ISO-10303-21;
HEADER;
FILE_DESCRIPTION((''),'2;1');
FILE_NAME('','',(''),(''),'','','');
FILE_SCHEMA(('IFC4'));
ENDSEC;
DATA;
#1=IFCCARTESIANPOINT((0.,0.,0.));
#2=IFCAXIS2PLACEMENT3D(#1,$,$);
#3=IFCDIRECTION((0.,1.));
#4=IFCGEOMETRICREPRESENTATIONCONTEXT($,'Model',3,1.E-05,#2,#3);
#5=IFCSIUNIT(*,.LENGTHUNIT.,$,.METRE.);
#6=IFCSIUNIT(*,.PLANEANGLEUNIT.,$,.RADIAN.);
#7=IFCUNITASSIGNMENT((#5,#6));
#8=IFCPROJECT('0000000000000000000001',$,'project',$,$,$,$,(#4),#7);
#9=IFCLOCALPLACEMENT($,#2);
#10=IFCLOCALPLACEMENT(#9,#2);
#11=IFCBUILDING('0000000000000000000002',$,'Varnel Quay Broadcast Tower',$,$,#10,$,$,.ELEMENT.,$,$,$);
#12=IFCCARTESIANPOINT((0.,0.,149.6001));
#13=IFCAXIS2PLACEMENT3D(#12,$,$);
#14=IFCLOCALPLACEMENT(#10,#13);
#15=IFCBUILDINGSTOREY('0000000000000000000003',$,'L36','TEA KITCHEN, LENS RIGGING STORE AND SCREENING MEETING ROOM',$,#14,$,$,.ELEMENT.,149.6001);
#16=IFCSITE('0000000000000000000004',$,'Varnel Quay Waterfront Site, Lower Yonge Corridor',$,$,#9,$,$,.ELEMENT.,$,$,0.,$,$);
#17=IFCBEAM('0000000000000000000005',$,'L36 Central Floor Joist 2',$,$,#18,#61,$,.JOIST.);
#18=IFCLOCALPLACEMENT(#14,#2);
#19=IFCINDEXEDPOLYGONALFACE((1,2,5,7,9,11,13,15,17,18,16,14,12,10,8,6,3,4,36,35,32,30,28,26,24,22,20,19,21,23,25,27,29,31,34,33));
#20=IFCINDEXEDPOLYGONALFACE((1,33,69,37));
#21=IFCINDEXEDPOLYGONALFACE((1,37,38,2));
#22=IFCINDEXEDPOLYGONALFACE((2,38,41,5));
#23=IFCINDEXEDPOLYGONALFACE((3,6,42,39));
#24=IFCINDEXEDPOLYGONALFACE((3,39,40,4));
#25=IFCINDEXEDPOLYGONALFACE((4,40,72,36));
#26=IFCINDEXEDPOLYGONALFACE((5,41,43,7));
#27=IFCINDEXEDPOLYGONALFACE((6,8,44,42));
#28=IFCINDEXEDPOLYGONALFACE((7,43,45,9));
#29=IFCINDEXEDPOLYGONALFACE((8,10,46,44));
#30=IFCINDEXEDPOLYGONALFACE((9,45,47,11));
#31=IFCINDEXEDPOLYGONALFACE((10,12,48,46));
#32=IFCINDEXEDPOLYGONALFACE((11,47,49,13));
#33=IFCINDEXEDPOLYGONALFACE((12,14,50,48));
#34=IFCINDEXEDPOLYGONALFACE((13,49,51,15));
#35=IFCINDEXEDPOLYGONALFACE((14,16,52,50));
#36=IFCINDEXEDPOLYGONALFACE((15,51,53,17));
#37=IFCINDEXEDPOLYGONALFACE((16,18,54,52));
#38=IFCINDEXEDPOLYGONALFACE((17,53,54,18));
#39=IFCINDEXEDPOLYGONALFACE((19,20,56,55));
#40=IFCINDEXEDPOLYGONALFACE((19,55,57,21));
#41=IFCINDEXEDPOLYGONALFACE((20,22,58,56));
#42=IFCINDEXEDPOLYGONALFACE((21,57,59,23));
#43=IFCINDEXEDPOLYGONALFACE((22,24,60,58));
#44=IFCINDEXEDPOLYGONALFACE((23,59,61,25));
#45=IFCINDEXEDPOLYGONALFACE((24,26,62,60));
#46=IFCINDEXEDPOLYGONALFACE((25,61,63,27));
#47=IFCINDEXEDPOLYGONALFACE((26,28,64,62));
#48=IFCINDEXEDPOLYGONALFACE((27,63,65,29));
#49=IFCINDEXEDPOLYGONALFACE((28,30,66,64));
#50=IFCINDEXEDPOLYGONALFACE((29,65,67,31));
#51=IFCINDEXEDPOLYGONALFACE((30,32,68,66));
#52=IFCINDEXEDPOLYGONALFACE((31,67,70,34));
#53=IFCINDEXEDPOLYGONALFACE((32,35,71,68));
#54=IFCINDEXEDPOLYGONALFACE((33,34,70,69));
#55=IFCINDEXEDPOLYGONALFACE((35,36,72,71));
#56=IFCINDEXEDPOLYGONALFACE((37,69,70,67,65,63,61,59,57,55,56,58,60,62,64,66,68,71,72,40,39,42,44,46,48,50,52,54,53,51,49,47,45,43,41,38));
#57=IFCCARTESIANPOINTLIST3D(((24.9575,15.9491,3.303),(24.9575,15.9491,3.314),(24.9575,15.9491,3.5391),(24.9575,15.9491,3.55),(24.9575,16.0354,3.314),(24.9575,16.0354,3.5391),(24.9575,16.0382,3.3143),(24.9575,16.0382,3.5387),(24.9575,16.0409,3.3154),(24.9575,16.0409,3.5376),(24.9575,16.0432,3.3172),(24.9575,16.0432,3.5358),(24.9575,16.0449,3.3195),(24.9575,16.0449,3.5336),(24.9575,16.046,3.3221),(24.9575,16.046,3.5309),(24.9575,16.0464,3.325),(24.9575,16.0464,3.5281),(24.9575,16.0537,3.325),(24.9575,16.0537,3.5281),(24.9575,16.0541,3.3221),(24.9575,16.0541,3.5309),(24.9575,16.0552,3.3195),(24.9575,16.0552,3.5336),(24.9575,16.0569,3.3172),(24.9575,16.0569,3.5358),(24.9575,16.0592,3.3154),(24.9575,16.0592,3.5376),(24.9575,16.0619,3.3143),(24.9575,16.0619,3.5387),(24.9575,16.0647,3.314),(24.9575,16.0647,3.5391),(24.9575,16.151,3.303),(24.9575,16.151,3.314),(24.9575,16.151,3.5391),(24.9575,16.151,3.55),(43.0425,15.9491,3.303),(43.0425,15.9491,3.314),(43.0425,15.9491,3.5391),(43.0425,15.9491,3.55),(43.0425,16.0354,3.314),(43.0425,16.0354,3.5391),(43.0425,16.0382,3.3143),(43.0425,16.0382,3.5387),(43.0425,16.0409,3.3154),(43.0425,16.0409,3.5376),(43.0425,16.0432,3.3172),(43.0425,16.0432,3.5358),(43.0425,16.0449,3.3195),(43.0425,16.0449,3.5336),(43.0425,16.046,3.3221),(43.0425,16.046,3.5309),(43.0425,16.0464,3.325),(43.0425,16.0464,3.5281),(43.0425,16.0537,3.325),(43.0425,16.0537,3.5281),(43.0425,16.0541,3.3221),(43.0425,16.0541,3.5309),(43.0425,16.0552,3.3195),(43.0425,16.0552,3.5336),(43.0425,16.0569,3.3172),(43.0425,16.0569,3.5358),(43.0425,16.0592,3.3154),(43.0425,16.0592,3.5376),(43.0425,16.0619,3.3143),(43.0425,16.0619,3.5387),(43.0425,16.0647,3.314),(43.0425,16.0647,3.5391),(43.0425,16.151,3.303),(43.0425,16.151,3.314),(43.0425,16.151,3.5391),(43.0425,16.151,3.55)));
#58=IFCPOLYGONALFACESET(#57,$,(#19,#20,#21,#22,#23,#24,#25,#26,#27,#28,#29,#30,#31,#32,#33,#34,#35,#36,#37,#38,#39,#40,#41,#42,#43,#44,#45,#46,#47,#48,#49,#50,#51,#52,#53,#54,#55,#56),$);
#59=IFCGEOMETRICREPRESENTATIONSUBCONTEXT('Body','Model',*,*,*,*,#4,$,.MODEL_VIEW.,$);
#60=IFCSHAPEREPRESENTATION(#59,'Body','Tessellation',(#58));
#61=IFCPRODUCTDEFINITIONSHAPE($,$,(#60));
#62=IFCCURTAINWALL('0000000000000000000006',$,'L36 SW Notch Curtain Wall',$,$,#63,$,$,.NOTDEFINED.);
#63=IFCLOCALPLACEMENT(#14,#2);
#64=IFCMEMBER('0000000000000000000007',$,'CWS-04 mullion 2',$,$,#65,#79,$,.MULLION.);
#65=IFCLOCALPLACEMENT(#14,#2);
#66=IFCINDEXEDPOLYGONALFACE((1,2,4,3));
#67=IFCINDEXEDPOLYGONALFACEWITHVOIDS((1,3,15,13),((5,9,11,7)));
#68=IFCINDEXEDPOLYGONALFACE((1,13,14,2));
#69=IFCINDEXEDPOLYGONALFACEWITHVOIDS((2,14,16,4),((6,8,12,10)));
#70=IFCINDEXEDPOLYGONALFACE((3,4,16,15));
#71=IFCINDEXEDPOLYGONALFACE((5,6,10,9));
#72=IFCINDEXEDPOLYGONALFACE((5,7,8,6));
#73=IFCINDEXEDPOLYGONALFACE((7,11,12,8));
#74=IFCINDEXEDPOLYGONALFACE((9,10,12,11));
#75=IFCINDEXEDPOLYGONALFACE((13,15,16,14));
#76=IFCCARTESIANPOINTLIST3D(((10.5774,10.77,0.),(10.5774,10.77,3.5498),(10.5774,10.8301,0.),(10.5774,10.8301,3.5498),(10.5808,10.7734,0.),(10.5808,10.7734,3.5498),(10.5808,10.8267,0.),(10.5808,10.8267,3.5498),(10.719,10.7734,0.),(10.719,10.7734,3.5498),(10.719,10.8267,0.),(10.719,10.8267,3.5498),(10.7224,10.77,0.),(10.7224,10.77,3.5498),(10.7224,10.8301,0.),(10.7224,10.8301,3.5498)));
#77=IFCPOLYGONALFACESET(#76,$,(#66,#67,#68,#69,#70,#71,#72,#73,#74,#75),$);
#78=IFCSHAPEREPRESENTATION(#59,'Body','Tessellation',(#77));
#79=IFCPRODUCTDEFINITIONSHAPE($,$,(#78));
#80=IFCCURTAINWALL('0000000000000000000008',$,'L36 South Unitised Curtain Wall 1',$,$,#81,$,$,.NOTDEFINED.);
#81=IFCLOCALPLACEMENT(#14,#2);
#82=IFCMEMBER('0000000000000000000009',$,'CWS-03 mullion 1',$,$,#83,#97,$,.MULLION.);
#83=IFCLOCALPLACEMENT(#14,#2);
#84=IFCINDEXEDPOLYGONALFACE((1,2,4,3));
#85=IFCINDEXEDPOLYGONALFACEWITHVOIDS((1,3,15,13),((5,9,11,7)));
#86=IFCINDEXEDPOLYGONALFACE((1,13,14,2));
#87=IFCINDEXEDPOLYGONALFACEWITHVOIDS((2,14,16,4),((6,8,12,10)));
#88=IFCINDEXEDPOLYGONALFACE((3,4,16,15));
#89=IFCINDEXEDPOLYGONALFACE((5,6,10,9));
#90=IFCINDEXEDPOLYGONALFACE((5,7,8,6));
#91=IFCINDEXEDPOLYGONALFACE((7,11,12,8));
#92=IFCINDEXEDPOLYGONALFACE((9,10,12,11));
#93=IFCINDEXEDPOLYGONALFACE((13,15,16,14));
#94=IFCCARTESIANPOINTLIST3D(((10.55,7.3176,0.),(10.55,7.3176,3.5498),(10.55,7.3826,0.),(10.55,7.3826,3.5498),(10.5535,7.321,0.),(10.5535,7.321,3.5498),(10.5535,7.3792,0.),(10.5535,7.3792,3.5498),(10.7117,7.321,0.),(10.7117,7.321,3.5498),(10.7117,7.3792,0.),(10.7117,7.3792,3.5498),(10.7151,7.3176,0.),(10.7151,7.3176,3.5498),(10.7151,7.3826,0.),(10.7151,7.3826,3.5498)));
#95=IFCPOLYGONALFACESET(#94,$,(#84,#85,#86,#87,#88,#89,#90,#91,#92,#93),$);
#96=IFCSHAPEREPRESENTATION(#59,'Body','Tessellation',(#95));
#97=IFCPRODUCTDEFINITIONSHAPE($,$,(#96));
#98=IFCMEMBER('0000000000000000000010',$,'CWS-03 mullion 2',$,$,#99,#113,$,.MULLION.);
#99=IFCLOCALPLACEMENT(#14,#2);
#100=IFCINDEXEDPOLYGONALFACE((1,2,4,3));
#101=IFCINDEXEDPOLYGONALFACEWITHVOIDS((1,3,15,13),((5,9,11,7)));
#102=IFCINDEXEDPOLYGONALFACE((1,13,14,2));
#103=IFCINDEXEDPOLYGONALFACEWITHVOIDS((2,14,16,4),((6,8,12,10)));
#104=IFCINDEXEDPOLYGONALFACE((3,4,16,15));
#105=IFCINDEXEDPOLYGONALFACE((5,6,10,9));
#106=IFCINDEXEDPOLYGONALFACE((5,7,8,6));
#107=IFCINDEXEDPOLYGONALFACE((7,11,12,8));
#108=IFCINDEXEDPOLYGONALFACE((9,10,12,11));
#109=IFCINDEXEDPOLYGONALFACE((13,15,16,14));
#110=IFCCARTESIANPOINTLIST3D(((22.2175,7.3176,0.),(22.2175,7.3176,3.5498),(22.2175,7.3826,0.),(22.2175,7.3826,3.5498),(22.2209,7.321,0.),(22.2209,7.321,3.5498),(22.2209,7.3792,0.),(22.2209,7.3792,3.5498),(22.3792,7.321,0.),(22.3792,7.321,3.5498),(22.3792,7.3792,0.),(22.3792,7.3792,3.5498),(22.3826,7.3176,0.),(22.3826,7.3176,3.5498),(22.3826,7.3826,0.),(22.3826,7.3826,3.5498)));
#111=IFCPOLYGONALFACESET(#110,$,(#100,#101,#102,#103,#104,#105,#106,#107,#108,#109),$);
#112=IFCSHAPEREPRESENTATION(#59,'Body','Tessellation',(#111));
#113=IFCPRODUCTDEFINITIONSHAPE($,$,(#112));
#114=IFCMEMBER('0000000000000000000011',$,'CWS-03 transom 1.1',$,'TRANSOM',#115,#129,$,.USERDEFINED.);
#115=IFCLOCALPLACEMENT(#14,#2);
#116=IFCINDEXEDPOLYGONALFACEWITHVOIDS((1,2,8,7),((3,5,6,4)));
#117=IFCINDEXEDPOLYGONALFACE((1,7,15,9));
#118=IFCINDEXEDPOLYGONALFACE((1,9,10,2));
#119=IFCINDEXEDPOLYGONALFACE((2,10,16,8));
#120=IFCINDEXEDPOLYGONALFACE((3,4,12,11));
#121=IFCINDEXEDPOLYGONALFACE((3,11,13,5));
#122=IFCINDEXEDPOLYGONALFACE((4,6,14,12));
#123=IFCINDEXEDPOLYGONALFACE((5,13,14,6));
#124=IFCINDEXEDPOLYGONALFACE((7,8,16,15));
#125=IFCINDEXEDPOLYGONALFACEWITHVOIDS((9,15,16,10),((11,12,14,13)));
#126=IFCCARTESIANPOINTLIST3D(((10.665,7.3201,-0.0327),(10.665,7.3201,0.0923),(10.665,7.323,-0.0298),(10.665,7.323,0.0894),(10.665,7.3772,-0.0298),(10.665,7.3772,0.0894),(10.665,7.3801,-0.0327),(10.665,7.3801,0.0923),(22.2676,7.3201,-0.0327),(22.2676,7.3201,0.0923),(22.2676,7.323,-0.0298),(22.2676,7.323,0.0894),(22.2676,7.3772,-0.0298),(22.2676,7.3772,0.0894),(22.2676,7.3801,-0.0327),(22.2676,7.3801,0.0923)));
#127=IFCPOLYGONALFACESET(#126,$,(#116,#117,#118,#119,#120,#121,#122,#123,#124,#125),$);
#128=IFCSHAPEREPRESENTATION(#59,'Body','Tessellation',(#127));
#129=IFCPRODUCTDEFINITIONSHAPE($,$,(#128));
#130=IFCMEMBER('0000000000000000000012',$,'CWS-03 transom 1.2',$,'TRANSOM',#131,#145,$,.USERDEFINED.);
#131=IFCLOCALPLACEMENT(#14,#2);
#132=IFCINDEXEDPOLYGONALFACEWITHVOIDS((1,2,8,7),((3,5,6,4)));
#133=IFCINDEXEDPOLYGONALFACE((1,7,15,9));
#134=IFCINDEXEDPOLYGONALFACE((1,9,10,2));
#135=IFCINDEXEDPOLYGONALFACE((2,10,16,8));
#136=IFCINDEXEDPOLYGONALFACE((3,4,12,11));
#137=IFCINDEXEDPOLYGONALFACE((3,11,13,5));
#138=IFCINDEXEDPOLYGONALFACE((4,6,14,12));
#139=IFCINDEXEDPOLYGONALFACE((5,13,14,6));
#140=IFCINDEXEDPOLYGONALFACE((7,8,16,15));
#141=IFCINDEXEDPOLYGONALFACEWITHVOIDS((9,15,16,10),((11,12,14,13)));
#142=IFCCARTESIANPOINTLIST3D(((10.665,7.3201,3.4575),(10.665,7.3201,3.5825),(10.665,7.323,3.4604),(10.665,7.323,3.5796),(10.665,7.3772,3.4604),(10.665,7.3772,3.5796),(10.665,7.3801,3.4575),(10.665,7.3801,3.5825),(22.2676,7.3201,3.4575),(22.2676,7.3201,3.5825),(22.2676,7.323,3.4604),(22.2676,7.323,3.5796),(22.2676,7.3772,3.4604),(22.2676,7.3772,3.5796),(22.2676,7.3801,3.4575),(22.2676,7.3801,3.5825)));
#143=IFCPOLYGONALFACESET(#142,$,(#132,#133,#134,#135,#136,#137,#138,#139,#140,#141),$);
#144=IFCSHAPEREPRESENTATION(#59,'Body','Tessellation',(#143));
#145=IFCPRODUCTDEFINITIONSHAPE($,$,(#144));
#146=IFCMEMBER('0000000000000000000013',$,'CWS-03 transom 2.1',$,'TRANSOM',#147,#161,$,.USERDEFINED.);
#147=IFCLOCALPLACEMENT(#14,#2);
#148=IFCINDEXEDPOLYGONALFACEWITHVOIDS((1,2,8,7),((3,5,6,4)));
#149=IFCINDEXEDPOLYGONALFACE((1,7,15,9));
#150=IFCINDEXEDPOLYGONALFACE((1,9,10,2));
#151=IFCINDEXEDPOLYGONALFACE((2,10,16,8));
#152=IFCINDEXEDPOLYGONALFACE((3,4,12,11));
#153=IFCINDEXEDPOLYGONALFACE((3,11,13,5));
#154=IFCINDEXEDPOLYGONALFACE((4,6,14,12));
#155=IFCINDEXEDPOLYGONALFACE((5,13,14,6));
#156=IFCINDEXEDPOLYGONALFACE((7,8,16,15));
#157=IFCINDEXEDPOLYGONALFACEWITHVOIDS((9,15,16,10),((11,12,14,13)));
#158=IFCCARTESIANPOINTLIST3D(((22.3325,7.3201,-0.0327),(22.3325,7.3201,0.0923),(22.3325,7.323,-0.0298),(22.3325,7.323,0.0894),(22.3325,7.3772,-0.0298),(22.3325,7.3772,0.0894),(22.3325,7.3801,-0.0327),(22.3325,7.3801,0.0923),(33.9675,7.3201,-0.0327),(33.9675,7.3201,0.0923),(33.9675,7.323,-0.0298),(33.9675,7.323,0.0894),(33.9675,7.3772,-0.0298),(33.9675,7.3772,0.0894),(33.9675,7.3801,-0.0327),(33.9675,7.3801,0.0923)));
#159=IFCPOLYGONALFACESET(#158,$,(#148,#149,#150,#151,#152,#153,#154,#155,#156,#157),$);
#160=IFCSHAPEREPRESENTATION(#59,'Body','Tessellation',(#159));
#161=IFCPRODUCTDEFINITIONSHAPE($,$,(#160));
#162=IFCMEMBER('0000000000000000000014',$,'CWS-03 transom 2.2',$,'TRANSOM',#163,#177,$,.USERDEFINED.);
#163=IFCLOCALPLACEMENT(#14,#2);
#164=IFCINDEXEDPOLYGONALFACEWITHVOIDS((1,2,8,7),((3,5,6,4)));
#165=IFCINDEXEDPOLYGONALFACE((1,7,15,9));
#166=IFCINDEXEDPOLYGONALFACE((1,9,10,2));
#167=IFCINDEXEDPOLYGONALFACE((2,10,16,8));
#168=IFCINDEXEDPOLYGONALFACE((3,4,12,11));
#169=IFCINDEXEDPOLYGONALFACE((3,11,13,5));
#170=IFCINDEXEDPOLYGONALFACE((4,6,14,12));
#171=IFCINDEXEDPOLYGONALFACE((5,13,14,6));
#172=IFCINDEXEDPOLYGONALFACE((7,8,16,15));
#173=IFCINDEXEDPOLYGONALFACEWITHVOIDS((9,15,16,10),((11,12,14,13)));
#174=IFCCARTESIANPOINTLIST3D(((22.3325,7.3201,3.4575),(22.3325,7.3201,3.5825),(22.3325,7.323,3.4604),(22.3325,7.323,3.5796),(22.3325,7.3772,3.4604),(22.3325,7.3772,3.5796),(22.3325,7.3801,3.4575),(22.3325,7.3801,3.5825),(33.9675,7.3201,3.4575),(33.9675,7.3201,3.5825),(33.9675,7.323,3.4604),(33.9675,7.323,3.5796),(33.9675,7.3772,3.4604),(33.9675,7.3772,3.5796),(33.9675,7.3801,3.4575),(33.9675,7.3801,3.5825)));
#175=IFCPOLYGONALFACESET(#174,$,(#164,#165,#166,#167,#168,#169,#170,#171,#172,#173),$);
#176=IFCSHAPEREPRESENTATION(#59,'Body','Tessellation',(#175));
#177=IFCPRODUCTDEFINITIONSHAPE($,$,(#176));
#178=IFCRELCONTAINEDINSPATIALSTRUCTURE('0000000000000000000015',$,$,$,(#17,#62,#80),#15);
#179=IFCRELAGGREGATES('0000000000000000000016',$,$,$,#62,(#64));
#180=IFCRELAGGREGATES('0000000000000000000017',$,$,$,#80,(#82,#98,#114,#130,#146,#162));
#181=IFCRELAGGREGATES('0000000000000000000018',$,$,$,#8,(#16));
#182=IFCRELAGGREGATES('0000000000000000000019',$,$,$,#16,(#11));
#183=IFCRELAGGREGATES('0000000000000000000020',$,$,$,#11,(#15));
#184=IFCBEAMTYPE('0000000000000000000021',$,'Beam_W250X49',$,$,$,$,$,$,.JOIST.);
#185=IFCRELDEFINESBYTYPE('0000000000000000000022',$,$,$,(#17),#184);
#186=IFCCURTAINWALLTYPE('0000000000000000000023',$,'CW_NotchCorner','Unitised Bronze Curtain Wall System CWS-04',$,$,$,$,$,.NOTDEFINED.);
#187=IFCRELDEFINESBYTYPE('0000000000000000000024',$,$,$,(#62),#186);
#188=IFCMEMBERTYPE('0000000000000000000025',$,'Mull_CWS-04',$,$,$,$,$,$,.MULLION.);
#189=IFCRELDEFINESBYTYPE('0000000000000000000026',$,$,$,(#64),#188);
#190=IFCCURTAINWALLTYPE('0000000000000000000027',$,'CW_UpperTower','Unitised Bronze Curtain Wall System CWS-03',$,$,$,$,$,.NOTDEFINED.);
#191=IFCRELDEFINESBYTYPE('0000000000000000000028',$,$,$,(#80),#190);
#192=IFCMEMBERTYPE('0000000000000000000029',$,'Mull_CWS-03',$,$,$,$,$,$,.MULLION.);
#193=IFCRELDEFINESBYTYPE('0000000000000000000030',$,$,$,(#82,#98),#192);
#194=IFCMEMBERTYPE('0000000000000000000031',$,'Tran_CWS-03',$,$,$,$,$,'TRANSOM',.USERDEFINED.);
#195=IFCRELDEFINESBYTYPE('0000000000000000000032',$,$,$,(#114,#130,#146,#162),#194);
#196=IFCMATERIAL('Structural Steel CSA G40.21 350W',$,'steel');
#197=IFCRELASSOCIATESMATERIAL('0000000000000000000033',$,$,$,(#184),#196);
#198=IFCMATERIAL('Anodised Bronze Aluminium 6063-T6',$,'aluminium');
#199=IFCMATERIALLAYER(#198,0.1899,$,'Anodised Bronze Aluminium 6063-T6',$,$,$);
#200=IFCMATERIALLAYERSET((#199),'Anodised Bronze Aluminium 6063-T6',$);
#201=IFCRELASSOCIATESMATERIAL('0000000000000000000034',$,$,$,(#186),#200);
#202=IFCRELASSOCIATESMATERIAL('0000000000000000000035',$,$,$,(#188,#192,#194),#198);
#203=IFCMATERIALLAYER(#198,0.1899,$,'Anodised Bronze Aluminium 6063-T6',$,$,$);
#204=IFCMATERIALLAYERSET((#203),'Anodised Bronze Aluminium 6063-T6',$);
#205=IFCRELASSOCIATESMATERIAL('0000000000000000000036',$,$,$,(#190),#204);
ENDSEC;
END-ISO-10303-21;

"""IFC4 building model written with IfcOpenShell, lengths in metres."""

from ifc_helpers import new_model, si_unit, direction, frame, origin, origin_2d, place, context, subcontext, project, spatial, hollow_rectangle, i_section, extrude, source, transform, mapped, material, layer, layer_set, material_profile, profile_set, type_object, type_shapes, element, aggregate, save


model = new_model("IFC4")

# Units and contexts
model_context = context("Model", 3, precision=1e-05, world=origin(), true_north=direction((0.0, 1.0)))
body_context = subcontext(model_context, "Body", "Model", "MODEL_VIEW")
ifc_project = project(units=[si_unit("LENGTHUNIT", "METRE"), si_unit("PLANEANGLEUNIT", "RADIAN")], contexts=[model_context])

# Site, building, storey
site_placement = place(None, origin())
site = spatial("IfcSite", under=ifc_project, at=site_placement, Name="Varnel Quay Waterfront Site, Lower Yonge Corridor", CompositionType="ELEMENT", RefElevation=0.0)
building_placement = place(site_placement, origin())
building = spatial("IfcBuilding", under=site, at=building_placement, Name="Varnel Quay Broadcast Tower", CompositionType="ELEMENT")
storey_placement = place(building_placement, frame((0.0, 0.0, 149.6001)))
storey = spatial("IfcBuildingStorey", under=building, at=storey_placement, Name="L36", Description="TEA KITCHEN, LENS RIGGING STORE AND SCREENING MEETING ROOM", CompositionType="ELEMENT", Elevation=149.6001)

# Shared definitions
ifc_material_1 = material(Name="Structural Steel CSA G40.21 350W", Category="steel")

# Beam
ifc_material_profile_1 = material_profile(ifc_material_1, i_section(OverallWidth=0.2019, OverallDepth=0.2471, WebThickness=0.0073, FlangeThickness=0.011, FilletRadius=0.011, at=origin_2d()), Name="W250X49")
ifc_profile_set_1 = profile_set([ifc_material_profile_1], Name="Structural Steel CSA G40.21 350W")
beam_type_1 = type_object("IfcBeamType", Name="Beam_W250X49", PredefinedType="JOIST", material=ifc_profile_set_1)
shared_shape_1 = source(origin(), body_context, "Body", "SweptSolid", [
    extrude(i_section(OverallWidth=0.2019, OverallDepth=0.2471, WebThickness=0.0073, FlangeThickness=0.011, FilletRadius=0.011, at=origin_2d()), origin(), (0.0, 0.0, 1.0), 18.085),
])
type_shapes(beam_type_1, [shared_shape_1])
beam_1_placement = place(storey_placement, frame((24.9575, 16.05, 3.4265), z_axis=(1.0, 0.0, 0.0), x_axis=(0.0, 1.0, 0.0)))
element("IfcBeam", 1, at=beam_1_placement, inside=storey, type_object=beam_type_1, Name="L36 Central Floor Joist 2", PredefinedType="JOIST", context=body_context, shape_type="MappedRepresentation", body=[
    mapped(shared_shape_1, transform((0.0, 0.0, 0.0), x_axis=(1.0, 0.0, 0.0), y_axis=(0.0, 1.0, 0.0), z_axis=(0.0, 0.0, 1.0), scale=1.0)),
])

# Curtain wall, member
ifc_material_2 = material(Name="Anodised Bronze Aluminium 6063-T6", Category="aluminium")
ifc_layer_1 = layer(ifc_material_2, 0.1899, Name="Anodised Bronze Aluminium 6063-T6")
ifc_layer_set_1 = layer_set([ifc_layer_1], Name="Anodised Bronze Aluminium 6063-T6")
curtain_wall_type_1 = type_object("IfcCurtainWallType", Name="CW_NotchCorner", Description="Unitised Bronze Curtain Wall System CWS-04", PredefinedType="NOTDEFINED", material=ifc_layer_set_1)
curtain_wall_1_placement = place(storey_placement, origin())
curtain_wall_1 = element("IfcCurtainWall", 2, at=curtain_wall_1_placement, inside=storey, type_object=curtain_wall_type_1, Name="L36 SW Notch Curtain Wall", PredefinedType="NOTDEFINED")
ifc_material_profile_2 = material_profile(ifc_material_2, hollow_rectangle(XDim=0.0601, YDim=0.145, WallThickness=0.0034, at=origin_2d()), Name="ALU60X145X3.5")
ifc_profile_set_2 = profile_set([ifc_material_profile_2], Name="Anodised Bronze Aluminium 6063-T6")
member_type_1 = type_object("IfcMemberType", Name="Mull_CWS-04", PredefinedType="MULLION", material=ifc_profile_set_2)
shared_shape_2 = source(origin(), body_context, "Body", "SweptSolid", [
    extrude(hollow_rectangle(XDim=0.0601, YDim=0.145, WallThickness=0.0034, at=origin_2d()), origin(), (0.0, 0.0, 1.0), 3.5498),
])
type_shapes(member_type_1, [shared_shape_2])
member_1_placement = place(storey_placement, frame((10.6499, 10.8, 0.0), z_axis=(0.0, 0.0, 1.0), x_axis=(0.0, 1.0, 0.0)))
member_1 = element("IfcMember", 3, at=member_1_placement, type_object=member_type_1, Name="CWS-04 mullion 2", PredefinedType="MULLION", context=body_context, shape_type="MappedRepresentation", body=[
    mapped(shared_shape_2, transform((0.0, 0.0, 0.0), x_axis=(1.0, 0.0, 0.0), y_axis=(0.0, 1.0, 0.0), z_axis=(0.0, 0.0, 1.0), scale=1.0)),
])

# Curtain wall, members
ifc_layer_2 = layer(ifc_material_2, 0.1899, Name="Anodised Bronze Aluminium 6063-T6")
ifc_layer_set_2 = layer_set([ifc_layer_2], Name="Anodised Bronze Aluminium 6063-T6")
curtain_wall_type_2 = type_object("IfcCurtainWallType", Name="CW_UpperTower", Description="Unitised Bronze Curtain Wall System CWS-03", PredefinedType="NOTDEFINED", material=ifc_layer_set_2)
curtain_wall_2_placement = place(storey_placement, origin())
curtain_wall_2 = element("IfcCurtainWall", 4, at=curtain_wall_2_placement, inside=storey, type_object=curtain_wall_type_2, Name="L36 South Unitised Curtain Wall 1", PredefinedType="NOTDEFINED")
ifc_material_profile_3 = material_profile(ifc_material_2, hollow_rectangle(XDim=0.0649, YDim=0.165, WallThickness=0.0034, at=origin_2d()), Name="ALU65X165X3.5")
ifc_profile_set_3 = profile_set([ifc_material_profile_3], Name="Anodised Bronze Aluminium 6063-T6")
member_type_2 = type_object("IfcMemberType", Name="Mull_CWS-03", PredefinedType="MULLION", material=ifc_profile_set_3)
shared_shape_3 = source(origin(), body_context, "Body", "SweptSolid", [
    extrude(hollow_rectangle(XDim=0.0649, YDim=0.165, WallThickness=0.0034, at=origin_2d()), origin(), (0.0, 0.0, 1.0), 3.5498),
])
type_shapes(member_type_2, [shared_shape_3])
member_2_placement = place(storey_placement, frame((10.6326, 7.3501, 0.0), z_axis=(0.0, 0.0, 1.0), x_axis=(0.0, 1.0, 0.0)))
member_2 = element("IfcMember", 5, at=member_2_placement, type_object=member_type_2, Name="CWS-03 mullion 1", PredefinedType="MULLION", context=body_context, shape_type="MappedRepresentation", body=[
    mapped(shared_shape_3, transform((0.0, 0.0, 0.0), x_axis=(1.0, 0.0, 0.0), y_axis=(0.0, 1.0, 0.0), z_axis=(0.0, 0.0, 1.0), scale=1.0)),
])
member_3_placement = place(storey_placement, frame((22.3, 7.3501, 0.0), z_axis=(0.0, 0.0, 1.0), x_axis=(0.0, 1.0, 0.0)))
member_3 = element("IfcMember", 6, at=member_3_placement, type_object=member_type_2, Name="CWS-03 mullion 2", PredefinedType="MULLION", context=body_context, shape_type="MappedRepresentation", body=[
    mapped(shared_shape_3, transform((0.0, 0.0, 0.0), x_axis=(1.0, 0.0, 0.0), y_axis=(0.0, 1.0, 0.0), z_axis=(0.0, 0.0, 1.0), scale=1.0)),
])
ifc_material_profile_4 = material_profile(ifc_material_2, hollow_rectangle(XDim=0.0601, YDim=0.125, WallThickness=0.0029, at=origin_2d()), Name="ALU60X125X3")
ifc_profile_set_4 = profile_set([ifc_material_profile_4], Name="Anodised Bronze Aluminium 6063-T6")
member_type_3 = type_object("IfcMemberType", Name="Tran_CWS-03", ElementType="TRANSOM", PredefinedType="USERDEFINED", material=ifc_profile_set_4)
shared_shape_4 = source(origin(), body_context, "Body", "SweptSolid", [
    extrude(hollow_rectangle(XDim=0.0601, YDim=0.125, WallThickness=0.0029, at=origin_2d()), origin(), (0.0, 0.0, 1.0), 11.6025),
])
member_4_placement = place(storey_placement, frame((10.665, 7.3501, 0.0298), z_axis=(1.0, 0.0, 0.0), x_axis=(0.0, 1.0, 0.0)))
member_4 = element("IfcMember", 7, at=member_4_placement, type_object=member_type_3, Name="CWS-03 transom 1.1", ObjectType="TRANSOM", PredefinedType="USERDEFINED", context=body_context, shape_type="MappedRepresentation", body=[
    mapped(shared_shape_4, transform((0.0, 0.0, 0.0), x_axis=(1.0, 0.0, 0.0), y_axis=(0.0, 1.0, 0.0), z_axis=(0.0, 0.0, 1.0), scale=1.0)),
])
member_5_placement = place(storey_placement, frame((10.665, 7.3501, 3.52), z_axis=(1.0, 0.0, 0.0), x_axis=(0.0, 1.0, 0.0)))
member_5 = element("IfcMember", 8, at=member_5_placement, type_object=member_type_3, Name="CWS-03 transom 1.2", ObjectType="TRANSOM", PredefinedType="USERDEFINED", context=body_context, shape_type="MappedRepresentation", body=[
    mapped(shared_shape_4, transform((0.0, 0.0, 0.0), x_axis=(1.0, 0.0, 0.0), y_axis=(0.0, 1.0, 0.0), z_axis=(0.0, 0.0, 1.0), scale=1.0)),
])
shared_shape_5 = source(origin(), body_context, "Body", "SweptSolid", [
    extrude(hollow_rectangle(XDim=0.0601, YDim=0.125, WallThickness=0.0029, at=origin_2d()), origin(), (0.0, 0.0, 1.0), 11.635),
])
type_shapes(member_type_3, [shared_shape_4, shared_shape_5])
member_6_placement = place(storey_placement, frame((22.3325, 7.3501, 0.0298), z_axis=(1.0, 0.0, 0.0), x_axis=(0.0, 1.0, 0.0)))
member_6 = element("IfcMember", 9, at=member_6_placement, type_object=member_type_3, Name="CWS-03 transom 2.1", ObjectType="TRANSOM", PredefinedType="USERDEFINED", context=body_context, shape_type="MappedRepresentation", body=[
    mapped(shared_shape_5, transform((0.0, 0.0, 0.0), x_axis=(1.0, 0.0, 0.0), y_axis=(0.0, 1.0, 0.0), z_axis=(0.0, 0.0, 1.0), scale=1.0)),
])
member_7_placement = place(storey_placement, frame((22.3325, 7.3501, 3.52), z_axis=(1.0, 0.0, 0.0), x_axis=(0.0, 1.0, 0.0)))
member_7 = element("IfcMember", 10, at=member_7_placement, type_object=member_type_3, Name="CWS-03 transom 2.2", ObjectType="TRANSOM", PredefinedType="USERDEFINED", context=body_context, shape_type="MappedRepresentation", body=[
    mapped(shared_shape_5, transform((0.0, 0.0, 0.0), x_axis=(1.0, 0.0, 0.0), y_axis=(0.0, 1.0, 0.0), z_axis=(0.0, 0.0, 1.0), scale=1.0)),
])

aggregate(curtain_wall_1, [member_1])
aggregate(curtain_wall_2, [member_2, member_3, member_4, member_5, member_6, member_7])

save(model, "model.ifc")
